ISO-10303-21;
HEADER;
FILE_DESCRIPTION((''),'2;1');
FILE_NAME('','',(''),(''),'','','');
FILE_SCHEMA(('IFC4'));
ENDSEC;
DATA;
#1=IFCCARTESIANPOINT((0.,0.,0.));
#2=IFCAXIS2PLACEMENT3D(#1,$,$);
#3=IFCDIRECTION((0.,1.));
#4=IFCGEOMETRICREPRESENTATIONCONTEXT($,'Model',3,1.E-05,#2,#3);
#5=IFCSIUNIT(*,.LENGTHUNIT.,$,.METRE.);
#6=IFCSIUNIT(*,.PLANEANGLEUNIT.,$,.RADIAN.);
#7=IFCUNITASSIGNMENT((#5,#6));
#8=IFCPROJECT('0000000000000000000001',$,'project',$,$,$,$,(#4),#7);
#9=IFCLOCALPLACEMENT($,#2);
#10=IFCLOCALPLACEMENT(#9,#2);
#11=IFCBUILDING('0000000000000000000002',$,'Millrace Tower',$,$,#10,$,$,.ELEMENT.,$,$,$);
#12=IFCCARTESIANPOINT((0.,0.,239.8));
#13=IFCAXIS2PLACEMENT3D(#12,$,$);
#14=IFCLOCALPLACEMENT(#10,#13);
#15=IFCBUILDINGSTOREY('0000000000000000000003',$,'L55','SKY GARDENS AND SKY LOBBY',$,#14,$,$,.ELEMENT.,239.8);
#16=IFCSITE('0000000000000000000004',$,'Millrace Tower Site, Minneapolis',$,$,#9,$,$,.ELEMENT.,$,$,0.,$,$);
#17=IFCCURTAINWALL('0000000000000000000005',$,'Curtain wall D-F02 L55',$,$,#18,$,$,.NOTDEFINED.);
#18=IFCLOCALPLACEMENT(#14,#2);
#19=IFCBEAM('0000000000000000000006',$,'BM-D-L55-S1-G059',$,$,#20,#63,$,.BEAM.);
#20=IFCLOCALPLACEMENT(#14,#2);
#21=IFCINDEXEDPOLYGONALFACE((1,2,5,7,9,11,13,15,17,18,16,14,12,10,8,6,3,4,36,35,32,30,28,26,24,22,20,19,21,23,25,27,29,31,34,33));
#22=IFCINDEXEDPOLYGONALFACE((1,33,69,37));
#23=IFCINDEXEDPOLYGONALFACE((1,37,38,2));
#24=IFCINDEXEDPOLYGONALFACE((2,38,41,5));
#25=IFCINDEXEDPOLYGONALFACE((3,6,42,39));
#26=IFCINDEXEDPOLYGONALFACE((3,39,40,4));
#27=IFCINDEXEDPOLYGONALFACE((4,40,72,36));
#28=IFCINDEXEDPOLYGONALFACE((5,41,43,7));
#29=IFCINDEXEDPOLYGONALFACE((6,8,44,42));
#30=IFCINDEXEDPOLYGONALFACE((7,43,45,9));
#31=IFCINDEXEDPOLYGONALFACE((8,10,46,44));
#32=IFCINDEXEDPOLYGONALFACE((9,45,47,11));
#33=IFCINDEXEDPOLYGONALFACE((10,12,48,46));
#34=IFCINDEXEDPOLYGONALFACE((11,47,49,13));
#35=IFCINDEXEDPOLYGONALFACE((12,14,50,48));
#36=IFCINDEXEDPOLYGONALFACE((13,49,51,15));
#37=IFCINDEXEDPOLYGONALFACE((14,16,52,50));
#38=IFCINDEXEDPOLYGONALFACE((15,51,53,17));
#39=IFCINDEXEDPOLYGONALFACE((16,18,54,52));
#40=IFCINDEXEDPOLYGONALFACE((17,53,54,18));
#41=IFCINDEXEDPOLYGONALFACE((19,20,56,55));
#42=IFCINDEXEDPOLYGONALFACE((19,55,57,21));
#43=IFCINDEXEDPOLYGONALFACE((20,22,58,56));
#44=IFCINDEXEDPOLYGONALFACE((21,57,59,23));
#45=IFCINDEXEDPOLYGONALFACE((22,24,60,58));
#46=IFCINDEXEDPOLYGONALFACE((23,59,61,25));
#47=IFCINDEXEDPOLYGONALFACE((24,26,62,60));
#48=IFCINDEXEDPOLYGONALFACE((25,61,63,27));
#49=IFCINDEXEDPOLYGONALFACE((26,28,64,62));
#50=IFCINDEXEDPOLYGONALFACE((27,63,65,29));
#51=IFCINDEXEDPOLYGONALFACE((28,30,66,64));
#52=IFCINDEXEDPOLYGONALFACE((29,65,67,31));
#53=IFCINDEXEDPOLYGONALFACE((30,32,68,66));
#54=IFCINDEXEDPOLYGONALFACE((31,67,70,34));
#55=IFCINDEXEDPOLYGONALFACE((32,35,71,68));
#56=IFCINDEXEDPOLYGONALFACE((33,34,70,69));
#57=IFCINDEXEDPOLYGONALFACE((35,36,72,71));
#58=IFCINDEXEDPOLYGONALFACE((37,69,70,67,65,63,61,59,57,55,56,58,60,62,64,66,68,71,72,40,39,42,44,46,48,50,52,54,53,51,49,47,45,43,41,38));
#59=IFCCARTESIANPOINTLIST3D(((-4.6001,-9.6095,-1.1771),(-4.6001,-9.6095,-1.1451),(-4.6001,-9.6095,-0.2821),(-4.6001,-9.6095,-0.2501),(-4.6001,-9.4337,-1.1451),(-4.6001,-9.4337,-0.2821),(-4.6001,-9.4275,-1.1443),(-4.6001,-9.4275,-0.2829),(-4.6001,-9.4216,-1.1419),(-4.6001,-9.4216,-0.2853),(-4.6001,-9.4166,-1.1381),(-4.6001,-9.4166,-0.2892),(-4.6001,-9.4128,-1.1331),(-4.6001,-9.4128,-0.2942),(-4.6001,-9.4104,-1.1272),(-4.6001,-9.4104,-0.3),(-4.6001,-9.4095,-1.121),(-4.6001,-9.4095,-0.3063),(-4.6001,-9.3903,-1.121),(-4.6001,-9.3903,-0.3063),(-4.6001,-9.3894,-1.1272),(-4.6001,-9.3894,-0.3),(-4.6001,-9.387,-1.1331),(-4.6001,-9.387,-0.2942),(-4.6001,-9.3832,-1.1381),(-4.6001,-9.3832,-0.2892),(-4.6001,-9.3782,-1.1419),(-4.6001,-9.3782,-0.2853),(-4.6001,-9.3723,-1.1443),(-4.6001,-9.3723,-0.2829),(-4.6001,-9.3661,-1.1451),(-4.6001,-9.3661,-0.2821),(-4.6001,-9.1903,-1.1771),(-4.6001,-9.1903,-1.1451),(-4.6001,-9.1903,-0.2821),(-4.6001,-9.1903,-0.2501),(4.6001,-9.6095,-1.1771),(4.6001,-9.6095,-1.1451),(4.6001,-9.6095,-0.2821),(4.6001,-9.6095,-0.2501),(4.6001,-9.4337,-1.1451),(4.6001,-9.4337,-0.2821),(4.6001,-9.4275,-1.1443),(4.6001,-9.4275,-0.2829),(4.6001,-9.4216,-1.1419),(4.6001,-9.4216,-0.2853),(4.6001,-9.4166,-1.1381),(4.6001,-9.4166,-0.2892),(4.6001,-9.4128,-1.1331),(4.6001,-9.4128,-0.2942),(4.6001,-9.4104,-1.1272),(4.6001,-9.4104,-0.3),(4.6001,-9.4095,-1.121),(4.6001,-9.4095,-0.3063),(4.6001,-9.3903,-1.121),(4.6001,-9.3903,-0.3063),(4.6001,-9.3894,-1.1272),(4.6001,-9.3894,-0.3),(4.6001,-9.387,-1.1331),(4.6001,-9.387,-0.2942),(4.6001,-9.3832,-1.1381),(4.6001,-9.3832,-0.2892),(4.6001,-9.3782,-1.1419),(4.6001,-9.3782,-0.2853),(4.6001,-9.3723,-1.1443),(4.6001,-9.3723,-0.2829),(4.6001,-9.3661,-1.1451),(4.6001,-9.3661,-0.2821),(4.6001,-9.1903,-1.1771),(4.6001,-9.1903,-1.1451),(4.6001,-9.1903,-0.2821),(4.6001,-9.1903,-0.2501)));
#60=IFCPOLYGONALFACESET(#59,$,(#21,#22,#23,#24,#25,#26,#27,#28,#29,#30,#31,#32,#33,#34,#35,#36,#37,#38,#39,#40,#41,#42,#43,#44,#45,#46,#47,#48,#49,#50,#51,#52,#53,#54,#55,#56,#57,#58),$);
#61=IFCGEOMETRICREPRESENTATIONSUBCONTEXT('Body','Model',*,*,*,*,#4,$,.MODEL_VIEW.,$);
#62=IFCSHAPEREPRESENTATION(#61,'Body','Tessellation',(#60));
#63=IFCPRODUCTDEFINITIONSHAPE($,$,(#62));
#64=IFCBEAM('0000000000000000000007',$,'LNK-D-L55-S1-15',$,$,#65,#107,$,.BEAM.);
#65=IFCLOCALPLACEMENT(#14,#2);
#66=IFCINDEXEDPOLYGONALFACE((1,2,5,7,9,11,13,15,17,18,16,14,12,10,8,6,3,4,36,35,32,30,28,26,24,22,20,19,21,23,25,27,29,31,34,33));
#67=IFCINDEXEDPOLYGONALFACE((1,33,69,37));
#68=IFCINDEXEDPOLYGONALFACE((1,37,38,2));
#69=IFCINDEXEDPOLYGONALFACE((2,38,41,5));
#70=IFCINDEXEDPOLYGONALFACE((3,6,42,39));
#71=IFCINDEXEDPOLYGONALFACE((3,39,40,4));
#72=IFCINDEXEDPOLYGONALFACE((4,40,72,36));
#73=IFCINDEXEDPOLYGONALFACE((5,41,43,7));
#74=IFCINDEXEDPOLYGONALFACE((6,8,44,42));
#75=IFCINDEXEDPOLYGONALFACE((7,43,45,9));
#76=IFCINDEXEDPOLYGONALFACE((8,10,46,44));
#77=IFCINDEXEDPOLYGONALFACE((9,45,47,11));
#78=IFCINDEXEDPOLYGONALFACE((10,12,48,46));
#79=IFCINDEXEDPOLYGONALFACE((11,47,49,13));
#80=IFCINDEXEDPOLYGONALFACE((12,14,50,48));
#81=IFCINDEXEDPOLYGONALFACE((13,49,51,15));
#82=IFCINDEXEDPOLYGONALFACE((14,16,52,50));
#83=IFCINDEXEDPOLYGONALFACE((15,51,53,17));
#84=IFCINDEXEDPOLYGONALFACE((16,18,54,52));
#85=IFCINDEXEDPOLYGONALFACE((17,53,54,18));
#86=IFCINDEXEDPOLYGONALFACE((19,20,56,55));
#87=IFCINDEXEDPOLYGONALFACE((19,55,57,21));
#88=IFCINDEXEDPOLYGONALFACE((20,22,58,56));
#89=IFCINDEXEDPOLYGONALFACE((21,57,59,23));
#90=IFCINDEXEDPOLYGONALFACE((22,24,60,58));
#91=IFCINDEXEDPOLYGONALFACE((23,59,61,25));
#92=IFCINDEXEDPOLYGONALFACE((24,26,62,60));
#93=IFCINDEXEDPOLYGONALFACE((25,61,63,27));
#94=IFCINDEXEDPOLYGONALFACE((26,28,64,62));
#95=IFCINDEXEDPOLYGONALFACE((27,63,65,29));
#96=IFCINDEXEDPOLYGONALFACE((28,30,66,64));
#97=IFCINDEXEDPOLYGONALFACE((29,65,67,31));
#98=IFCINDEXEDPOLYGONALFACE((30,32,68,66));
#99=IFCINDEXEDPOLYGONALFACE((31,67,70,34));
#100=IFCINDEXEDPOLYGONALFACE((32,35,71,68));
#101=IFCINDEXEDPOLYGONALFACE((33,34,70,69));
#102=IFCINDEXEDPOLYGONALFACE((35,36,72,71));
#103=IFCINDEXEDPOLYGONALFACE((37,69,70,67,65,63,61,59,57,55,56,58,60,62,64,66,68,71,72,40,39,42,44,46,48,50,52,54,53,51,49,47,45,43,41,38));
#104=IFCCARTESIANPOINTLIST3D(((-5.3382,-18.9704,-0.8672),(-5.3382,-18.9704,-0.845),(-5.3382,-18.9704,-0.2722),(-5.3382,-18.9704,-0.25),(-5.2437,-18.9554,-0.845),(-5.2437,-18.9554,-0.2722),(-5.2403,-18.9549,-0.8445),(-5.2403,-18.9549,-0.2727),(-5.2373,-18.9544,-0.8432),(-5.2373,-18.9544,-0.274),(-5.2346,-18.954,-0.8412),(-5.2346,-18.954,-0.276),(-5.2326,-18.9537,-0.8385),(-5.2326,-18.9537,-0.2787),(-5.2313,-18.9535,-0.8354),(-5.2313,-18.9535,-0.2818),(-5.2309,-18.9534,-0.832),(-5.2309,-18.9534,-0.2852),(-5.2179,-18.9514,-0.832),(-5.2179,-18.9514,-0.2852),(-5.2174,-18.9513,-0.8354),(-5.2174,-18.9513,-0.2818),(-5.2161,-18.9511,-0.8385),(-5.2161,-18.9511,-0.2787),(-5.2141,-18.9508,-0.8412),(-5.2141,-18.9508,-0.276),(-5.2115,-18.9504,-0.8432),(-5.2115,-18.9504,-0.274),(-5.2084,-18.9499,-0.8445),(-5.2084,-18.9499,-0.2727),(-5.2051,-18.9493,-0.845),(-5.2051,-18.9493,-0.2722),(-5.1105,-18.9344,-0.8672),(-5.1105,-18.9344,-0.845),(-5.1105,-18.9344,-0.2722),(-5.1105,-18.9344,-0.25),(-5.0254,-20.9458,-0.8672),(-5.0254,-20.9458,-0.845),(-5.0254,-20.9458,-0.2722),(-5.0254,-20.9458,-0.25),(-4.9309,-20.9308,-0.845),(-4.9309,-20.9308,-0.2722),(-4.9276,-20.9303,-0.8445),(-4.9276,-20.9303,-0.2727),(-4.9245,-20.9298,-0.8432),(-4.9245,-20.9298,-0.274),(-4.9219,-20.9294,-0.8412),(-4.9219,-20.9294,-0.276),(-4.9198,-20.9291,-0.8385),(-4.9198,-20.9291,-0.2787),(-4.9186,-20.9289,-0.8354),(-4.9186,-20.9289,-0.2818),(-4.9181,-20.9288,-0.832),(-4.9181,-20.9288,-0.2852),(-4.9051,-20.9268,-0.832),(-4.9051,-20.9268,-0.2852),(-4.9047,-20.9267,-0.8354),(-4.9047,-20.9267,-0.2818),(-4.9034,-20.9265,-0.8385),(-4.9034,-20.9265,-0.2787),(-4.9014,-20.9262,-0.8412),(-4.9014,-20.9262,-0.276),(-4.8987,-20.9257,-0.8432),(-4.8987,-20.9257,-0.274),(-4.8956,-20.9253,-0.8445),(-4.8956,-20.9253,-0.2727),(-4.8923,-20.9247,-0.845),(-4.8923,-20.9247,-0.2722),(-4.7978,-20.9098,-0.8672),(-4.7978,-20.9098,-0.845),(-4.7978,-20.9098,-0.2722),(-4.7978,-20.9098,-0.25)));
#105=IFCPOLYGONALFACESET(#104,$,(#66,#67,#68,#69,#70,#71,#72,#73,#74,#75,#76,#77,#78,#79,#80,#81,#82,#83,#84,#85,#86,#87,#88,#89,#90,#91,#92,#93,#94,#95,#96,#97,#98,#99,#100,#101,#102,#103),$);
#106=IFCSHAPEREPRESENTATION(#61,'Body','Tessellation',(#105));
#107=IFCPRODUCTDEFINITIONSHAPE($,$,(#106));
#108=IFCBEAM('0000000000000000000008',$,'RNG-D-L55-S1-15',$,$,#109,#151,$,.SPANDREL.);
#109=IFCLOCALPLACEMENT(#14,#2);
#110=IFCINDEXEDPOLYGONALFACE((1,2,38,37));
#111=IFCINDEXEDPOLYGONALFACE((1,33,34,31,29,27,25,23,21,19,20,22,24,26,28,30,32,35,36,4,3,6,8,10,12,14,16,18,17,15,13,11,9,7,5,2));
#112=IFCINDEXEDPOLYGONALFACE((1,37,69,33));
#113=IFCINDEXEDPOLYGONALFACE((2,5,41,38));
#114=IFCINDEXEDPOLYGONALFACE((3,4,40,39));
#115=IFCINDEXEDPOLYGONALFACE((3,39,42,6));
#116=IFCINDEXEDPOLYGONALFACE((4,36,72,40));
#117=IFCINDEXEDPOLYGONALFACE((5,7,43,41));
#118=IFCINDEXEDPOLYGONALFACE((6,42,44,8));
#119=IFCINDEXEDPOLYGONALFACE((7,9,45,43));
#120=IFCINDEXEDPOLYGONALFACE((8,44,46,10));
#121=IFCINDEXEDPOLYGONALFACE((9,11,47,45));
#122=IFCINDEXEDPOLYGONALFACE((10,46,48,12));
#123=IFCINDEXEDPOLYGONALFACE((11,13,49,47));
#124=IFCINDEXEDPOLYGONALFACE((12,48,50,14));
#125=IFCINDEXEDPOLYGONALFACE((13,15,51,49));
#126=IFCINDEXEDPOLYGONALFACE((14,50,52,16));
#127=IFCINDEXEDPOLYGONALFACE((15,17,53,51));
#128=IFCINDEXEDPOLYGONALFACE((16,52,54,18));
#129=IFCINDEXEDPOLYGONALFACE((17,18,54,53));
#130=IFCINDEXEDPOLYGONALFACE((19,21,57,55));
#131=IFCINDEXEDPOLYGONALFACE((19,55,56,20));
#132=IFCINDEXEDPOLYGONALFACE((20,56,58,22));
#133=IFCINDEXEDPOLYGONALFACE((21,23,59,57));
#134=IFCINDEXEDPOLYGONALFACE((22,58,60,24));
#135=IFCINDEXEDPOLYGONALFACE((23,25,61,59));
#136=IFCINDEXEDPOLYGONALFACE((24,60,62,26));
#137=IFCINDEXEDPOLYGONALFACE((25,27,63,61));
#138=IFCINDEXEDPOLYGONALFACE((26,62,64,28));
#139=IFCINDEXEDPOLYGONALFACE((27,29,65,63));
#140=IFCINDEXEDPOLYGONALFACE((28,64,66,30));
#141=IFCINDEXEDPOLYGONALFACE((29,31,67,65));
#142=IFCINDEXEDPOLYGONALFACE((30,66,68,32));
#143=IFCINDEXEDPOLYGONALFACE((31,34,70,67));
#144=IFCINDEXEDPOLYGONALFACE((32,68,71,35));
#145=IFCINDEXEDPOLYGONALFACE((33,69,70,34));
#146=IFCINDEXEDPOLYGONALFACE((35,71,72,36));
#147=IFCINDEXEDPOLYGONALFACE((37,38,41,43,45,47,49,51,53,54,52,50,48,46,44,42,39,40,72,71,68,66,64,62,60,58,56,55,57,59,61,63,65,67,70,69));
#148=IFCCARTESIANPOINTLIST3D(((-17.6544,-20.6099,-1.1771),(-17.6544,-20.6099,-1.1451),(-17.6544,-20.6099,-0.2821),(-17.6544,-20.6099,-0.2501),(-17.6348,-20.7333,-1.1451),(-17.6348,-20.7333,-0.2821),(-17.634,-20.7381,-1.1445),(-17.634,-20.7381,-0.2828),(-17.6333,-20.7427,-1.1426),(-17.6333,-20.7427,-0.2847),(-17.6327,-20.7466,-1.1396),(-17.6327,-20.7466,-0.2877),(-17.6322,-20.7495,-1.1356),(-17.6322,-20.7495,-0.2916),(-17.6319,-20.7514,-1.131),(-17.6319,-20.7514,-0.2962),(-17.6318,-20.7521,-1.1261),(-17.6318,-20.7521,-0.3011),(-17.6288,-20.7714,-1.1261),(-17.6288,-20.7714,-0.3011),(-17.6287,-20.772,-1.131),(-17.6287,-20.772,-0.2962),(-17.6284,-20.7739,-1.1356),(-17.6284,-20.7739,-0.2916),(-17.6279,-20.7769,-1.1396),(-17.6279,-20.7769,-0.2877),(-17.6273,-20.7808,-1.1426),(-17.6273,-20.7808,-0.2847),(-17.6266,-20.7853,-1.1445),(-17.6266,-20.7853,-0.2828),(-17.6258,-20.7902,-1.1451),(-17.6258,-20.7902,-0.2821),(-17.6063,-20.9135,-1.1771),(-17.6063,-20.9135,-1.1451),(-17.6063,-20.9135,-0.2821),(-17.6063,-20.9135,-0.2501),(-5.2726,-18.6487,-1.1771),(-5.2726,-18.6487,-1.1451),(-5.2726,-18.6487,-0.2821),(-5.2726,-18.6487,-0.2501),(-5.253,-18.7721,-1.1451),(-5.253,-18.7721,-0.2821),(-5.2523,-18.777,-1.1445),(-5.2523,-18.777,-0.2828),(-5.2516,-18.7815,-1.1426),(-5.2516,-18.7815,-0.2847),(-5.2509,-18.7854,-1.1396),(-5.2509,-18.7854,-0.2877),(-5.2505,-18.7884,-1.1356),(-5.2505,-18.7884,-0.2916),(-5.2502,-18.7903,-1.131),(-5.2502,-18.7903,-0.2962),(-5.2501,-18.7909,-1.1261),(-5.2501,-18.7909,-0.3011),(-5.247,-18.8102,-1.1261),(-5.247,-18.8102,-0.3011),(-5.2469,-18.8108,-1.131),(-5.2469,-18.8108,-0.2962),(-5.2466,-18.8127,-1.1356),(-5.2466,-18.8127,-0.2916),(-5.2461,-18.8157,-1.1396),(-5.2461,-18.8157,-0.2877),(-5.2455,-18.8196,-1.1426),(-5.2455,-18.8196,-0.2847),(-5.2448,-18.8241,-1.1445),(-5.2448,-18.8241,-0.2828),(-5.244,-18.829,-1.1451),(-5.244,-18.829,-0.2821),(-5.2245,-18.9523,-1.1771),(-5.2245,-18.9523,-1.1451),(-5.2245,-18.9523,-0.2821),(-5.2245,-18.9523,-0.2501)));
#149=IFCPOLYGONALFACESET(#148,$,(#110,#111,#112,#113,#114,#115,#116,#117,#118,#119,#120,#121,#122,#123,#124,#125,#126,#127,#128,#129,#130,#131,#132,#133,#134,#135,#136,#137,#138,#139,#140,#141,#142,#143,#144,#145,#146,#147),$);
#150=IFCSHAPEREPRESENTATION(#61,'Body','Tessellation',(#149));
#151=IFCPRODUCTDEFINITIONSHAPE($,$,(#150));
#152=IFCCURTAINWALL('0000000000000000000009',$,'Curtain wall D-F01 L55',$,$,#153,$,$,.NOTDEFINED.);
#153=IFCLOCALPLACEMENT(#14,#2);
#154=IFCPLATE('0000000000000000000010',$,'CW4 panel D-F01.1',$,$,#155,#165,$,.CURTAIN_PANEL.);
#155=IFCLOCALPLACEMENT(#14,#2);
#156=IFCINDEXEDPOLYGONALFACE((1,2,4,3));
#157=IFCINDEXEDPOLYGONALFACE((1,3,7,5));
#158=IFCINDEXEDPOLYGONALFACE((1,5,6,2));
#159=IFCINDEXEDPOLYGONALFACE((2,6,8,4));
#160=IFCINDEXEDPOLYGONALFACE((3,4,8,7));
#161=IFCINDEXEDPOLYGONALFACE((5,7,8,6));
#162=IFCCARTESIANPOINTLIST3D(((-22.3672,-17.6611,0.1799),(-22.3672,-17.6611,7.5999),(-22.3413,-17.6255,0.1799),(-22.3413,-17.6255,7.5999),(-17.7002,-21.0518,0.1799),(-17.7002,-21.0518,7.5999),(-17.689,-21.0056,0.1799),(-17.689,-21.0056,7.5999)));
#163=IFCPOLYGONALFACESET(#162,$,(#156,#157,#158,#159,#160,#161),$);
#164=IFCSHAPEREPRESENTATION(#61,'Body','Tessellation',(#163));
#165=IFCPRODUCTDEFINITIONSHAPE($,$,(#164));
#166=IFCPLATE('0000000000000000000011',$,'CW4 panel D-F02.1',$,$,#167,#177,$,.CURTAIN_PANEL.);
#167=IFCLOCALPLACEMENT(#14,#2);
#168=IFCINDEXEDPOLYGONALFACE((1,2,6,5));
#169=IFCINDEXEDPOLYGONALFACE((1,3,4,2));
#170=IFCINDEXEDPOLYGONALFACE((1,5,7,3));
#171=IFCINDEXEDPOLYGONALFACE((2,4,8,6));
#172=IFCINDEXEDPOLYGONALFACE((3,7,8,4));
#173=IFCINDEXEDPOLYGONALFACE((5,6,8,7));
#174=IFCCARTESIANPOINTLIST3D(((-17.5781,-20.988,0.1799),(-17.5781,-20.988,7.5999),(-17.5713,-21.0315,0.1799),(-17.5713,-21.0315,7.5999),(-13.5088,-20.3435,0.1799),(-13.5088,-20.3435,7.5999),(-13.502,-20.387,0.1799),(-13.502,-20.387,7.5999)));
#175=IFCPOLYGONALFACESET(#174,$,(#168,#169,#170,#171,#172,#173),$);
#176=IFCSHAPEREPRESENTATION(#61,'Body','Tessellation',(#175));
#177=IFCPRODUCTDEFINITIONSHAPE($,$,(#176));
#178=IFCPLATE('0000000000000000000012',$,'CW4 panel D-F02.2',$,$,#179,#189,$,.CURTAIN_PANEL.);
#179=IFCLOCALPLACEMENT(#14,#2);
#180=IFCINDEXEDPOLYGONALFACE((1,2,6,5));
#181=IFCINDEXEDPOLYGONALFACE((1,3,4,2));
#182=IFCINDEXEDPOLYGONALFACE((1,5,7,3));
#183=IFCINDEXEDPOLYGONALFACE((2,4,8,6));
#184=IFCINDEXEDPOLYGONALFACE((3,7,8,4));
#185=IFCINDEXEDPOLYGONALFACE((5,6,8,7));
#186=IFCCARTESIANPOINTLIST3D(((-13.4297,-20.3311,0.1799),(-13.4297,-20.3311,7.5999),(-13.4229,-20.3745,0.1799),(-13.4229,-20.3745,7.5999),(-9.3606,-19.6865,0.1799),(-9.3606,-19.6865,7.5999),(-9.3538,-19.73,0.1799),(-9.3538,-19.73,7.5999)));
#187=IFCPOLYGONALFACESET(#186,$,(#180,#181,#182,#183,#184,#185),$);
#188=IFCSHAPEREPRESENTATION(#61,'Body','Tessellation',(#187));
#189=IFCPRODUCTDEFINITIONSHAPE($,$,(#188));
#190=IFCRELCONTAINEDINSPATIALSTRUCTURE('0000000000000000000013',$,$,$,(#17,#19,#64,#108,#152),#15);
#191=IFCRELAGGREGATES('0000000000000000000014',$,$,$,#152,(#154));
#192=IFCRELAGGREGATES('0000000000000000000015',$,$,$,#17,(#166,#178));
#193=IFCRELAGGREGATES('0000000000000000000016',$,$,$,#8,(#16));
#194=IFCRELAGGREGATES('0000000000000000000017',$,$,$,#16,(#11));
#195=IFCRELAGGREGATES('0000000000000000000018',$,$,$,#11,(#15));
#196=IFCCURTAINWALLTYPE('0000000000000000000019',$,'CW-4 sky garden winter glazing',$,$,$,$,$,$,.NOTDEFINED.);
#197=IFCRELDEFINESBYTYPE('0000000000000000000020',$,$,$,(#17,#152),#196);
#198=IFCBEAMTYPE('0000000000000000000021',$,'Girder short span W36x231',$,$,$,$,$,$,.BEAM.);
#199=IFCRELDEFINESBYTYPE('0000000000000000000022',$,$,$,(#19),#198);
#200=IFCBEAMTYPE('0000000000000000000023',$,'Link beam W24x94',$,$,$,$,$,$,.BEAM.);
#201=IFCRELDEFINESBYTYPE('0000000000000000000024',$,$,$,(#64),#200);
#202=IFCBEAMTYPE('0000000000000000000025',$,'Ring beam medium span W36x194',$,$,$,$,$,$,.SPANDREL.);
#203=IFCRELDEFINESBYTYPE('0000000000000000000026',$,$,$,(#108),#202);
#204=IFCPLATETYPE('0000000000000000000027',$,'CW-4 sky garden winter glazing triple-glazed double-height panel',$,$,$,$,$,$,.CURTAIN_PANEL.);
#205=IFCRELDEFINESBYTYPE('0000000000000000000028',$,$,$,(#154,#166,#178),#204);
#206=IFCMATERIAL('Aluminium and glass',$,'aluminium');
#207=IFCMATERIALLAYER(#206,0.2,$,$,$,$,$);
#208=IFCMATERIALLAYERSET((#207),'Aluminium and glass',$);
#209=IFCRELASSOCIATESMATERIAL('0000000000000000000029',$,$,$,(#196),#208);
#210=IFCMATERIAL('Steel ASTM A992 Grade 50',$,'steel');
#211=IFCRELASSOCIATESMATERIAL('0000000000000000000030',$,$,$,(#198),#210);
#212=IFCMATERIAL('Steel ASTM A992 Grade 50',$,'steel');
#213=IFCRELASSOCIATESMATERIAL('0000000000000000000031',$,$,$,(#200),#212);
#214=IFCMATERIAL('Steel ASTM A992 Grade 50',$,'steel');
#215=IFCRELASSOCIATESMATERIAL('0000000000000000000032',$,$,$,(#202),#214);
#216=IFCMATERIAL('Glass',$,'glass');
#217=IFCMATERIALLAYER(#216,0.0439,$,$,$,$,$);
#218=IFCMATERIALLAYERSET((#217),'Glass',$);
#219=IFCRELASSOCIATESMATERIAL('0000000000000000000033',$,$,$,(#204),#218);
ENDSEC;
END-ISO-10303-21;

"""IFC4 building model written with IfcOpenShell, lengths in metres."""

from ifc_helpers import new_model, si_unit, direction, frame, origin, origin_2d, place, context, subcontext, project, spatial, polyline, i_section, outline, extrude, material, layer, layer_set, material_profile, profile_set, type_object, element, aggregate, save


model = new_model("IFC4")

# Units and contexts
model_context = context("Model", 3, precision=1e-05, world=origin(), true_north=direction((0.0, 1.0)))
body_context = subcontext(model_context, "Body", "Model", "MODEL_VIEW")
ifc_project = project(units=[si_unit("LENGTHUNIT", "METRE"), si_unit("PLANEANGLEUNIT", "RADIAN")], contexts=[model_context])

# Site, building, storey
site_placement = place(None, origin())
site = spatial("IfcSite", under=ifc_project, at=site_placement, Name="Millrace Tower Site, Minneapolis", CompositionType="ELEMENT", RefElevation=0.0)
building_placement = place(site_placement, origin())
building = spatial("IfcBuilding", under=site, at=building_placement, Name="Millrace Tower", CompositionType="ELEMENT")
storey_placement = place(building_placement, frame((0.0, 0.0, 239.8)))
storey = spatial("IfcBuildingStorey", under=building, at=storey_placement, Name="L55", Description="SKY GARDENS AND SKY LOBBY", CompositionType="ELEMENT", Elevation=239.8)

# Curtain wall
ifc_material_1 = material(Name="Aluminium and glass", Category="aluminium")
ifc_layer_1 = layer(ifc_material_1, 0.2)
ifc_layer_set_1 = layer_set([ifc_layer_1], Name="Aluminium and glass")
curtain_wall_type = type_object("IfcCurtainWallType", Name="CW-4 sky garden winter glazing", PredefinedType="NOTDEFINED", material=ifc_layer_set_1)
placement_1 = place(storey_placement, origin())
curtain_wall_1 = element("IfcCurtainWall", 1, at=placement_1, inside=storey, type_object=curtain_wall_type, Name="Curtain wall D-F02 L55", PredefinedType="NOTDEFINED")

# Beams
ifc_material_2 = material(Name="Steel ASTM A992 Grade 50", Category="steel")
ifc_material_profile_1 = material_profile(ifc_material_2, i_section(OverallWidth=0.4192, OverallDepth=0.927, WebThickness=0.0193, FlangeThickness=0.032, FilletRadius=0.0242, at=origin_2d()))
ifc_profile_set_1 = profile_set([ifc_material_profile_1], Name="Steel ASTM A992 Grade 50")
beam_type_1 = type_object("IfcBeamType", Name="Girder short span W36x231", PredefinedType="BEAM", material=ifc_profile_set_1)
beam_1_placement = place(storey_placement, frame((-4.6001, -9.3999, -0.7136), z_axis=(1.0, 0.0, 0.0), x_axis=(0.0, 1.0, 0.0)))
element("IfcBeam", 2, at=beam_1_placement, inside=storey, type_object=beam_type_1, Name="BM-D-L55-S1-G059", PredefinedType="BEAM", context=body_context, shape_type="SweptSolid", body=[
    extrude(i_section(OverallWidth=0.4192, OverallDepth=0.927, WebThickness=0.0193, FlangeThickness=0.032, FilletRadius=0.0242, at=origin_2d()), origin(), (0.0, 0.0, 1.0), 9.2002),
])
ifc_material_3 = material(Name="Steel ASTM A992 Grade 50", Category="steel")
ifc_material_profile_2 = material_profile(ifc_material_3, i_section(OverallWidth=0.2305, OverallDepth=0.6172, WebThickness=0.0132, FlangeThickness=0.0222, FilletRadius=0.0129, at=origin_2d()))
ifc_profile_set_2 = profile_set([ifc_material_profile_2], Name="Steel ASTM A992 Grade 50")
beam_type_2 = type_object("IfcBeamType", Name="Link beam W24x94", PredefinedType="BEAM", material=ifc_profile_set_2)
beam_2_placement = place(storey_placement, frame((-5.2244, -18.9524, -0.5586), z_axis=(0.156376, -0.987698, 0.0), x_axis=(0.987698, 0.156376, 0.0)))
element("IfcBeam", 3, at=beam_2_placement, inside=storey, type_object=beam_type_2, Name="LNK-D-L55-S1-15", PredefinedType="BEAM", context=body_context, shape_type="SweptSolid", body=[
    extrude(i_section(OverallWidth=0.2305, OverallDepth=0.6172, WebThickness=0.0132, FlangeThickness=0.0222, FilletRadius=0.0129, at=origin_2d()), origin(), (0.0, 0.0, 1.0), 2.0),
])
ifc_material_4 = material(Name="Steel ASTM A992 Grade 50", Category="steel")
ifc_material_profile_3 = material_profile(ifc_material_4, i_section(OverallWidth=0.3074, OverallDepth=0.927, WebThickness=0.0195, FlangeThickness=0.032, FilletRadius=0.019, at=origin_2d()))
ifc_profile_set_3 = profile_set([ifc_material_profile_3], Name="Steel ASTM A992 Grade 50")
beam_type_3 = type_object("IfcBeamType", Name="Ring beam medium span W36x194", PredefinedType="SPANDREL", material=ifc_profile_set_3)
beam_3_placement = place(storey_placement, frame((-5.2485, -18.8005, -0.7136), z_axis=(-0.987687, -0.156442, 0.0), x_axis=(0.156442, -0.987687, 0.0)))
element("IfcBeam", 4, at=beam_3_placement, inside=storey, type_object=beam_type_3, Name="RNG-D-L55-S1-15", PredefinedType="SPANDREL", context=body_context, shape_type="SweptSolid", body=[
    extrude(i_section(OverallWidth=0.3074, OverallDepth=0.927, WebThickness=0.0195, FlangeThickness=0.032, FilletRadius=0.019, at=origin_2d()), origin(), (0.0, 0.0, 1.0), 12.5361),
])

# Curtain wall, plate
curtain_wall_2 = element("IfcCurtainWall", 5, at=placement_1, inside=storey, type_object=curtain_wall_type, Name="Curtain wall D-F01 L55", PredefinedType="NOTDEFINED")
ifc_material_5 = material(Name="Glass", Category="glass")
ifc_layer_2 = layer(ifc_material_5, 0.0439)
ifc_layer_set_2 = layer_set([ifc_layer_2], Name="Glass")
plate_type = type_object("IfcPlateType", Name="CW-4 sky garden winter glazing triple-glazed double-height panel", PredefinedType="CURTAIN_PANEL", material=ifc_layer_set_2)
placement_2 = place(storey_placement, frame((0.0, 0.0, 0.1799)))
plate_1 = element("IfcPlate", 6, at=placement_2, type_object=plate_type, Name="CW4 panel D-F01.1", PredefinedType="CURTAIN_PANEL", context=body_context, shape_type="SweptSolid", body=[
    extrude(outline(polyline([(-22.3672, -17.6611), (-17.7002, -21.0518), (-17.689, -21.0056), (-22.3413, -17.6255), (-22.3672, -17.6611)])), origin(), (0.0, 0.0, 1.0), 7.4199),
])
aggregate(curtain_wall_2, [plate_1])

# Plates
plate_2 = element("IfcPlate", 7, at=placement_2, type_object=plate_type, Name="CW4 panel D-F02.1", PredefinedType="CURTAIN_PANEL", context=body_context, shape_type="SweptSolid", body=[
    extrude(outline(polyline([(-17.5713, -21.0315), (-13.502, -20.387), (-13.5088, -20.3435), (-17.5781, -20.988), (-17.5713, -21.0315)])), origin(), (0.0, 0.0, 1.0), 7.4199),
])
plate_3 = element("IfcPlate", 8, at=placement_2, type_object=plate_type, Name="CW4 panel D-F02.2", PredefinedType="CURTAIN_PANEL", context=body_context, shape_type="SweptSolid", body=[
    extrude(outline(polyline([(-13.4229, -20.3745), (-9.3538, -19.73), (-9.3606, -19.6865), (-13.4297, -20.3311), (-13.4229, -20.3745)])), origin(), (0.0, 0.0, 1.0), 7.4199),
])
aggregate(curtain_wall_1, [plate_2, plate_3])

save(model, "model.ifc")
